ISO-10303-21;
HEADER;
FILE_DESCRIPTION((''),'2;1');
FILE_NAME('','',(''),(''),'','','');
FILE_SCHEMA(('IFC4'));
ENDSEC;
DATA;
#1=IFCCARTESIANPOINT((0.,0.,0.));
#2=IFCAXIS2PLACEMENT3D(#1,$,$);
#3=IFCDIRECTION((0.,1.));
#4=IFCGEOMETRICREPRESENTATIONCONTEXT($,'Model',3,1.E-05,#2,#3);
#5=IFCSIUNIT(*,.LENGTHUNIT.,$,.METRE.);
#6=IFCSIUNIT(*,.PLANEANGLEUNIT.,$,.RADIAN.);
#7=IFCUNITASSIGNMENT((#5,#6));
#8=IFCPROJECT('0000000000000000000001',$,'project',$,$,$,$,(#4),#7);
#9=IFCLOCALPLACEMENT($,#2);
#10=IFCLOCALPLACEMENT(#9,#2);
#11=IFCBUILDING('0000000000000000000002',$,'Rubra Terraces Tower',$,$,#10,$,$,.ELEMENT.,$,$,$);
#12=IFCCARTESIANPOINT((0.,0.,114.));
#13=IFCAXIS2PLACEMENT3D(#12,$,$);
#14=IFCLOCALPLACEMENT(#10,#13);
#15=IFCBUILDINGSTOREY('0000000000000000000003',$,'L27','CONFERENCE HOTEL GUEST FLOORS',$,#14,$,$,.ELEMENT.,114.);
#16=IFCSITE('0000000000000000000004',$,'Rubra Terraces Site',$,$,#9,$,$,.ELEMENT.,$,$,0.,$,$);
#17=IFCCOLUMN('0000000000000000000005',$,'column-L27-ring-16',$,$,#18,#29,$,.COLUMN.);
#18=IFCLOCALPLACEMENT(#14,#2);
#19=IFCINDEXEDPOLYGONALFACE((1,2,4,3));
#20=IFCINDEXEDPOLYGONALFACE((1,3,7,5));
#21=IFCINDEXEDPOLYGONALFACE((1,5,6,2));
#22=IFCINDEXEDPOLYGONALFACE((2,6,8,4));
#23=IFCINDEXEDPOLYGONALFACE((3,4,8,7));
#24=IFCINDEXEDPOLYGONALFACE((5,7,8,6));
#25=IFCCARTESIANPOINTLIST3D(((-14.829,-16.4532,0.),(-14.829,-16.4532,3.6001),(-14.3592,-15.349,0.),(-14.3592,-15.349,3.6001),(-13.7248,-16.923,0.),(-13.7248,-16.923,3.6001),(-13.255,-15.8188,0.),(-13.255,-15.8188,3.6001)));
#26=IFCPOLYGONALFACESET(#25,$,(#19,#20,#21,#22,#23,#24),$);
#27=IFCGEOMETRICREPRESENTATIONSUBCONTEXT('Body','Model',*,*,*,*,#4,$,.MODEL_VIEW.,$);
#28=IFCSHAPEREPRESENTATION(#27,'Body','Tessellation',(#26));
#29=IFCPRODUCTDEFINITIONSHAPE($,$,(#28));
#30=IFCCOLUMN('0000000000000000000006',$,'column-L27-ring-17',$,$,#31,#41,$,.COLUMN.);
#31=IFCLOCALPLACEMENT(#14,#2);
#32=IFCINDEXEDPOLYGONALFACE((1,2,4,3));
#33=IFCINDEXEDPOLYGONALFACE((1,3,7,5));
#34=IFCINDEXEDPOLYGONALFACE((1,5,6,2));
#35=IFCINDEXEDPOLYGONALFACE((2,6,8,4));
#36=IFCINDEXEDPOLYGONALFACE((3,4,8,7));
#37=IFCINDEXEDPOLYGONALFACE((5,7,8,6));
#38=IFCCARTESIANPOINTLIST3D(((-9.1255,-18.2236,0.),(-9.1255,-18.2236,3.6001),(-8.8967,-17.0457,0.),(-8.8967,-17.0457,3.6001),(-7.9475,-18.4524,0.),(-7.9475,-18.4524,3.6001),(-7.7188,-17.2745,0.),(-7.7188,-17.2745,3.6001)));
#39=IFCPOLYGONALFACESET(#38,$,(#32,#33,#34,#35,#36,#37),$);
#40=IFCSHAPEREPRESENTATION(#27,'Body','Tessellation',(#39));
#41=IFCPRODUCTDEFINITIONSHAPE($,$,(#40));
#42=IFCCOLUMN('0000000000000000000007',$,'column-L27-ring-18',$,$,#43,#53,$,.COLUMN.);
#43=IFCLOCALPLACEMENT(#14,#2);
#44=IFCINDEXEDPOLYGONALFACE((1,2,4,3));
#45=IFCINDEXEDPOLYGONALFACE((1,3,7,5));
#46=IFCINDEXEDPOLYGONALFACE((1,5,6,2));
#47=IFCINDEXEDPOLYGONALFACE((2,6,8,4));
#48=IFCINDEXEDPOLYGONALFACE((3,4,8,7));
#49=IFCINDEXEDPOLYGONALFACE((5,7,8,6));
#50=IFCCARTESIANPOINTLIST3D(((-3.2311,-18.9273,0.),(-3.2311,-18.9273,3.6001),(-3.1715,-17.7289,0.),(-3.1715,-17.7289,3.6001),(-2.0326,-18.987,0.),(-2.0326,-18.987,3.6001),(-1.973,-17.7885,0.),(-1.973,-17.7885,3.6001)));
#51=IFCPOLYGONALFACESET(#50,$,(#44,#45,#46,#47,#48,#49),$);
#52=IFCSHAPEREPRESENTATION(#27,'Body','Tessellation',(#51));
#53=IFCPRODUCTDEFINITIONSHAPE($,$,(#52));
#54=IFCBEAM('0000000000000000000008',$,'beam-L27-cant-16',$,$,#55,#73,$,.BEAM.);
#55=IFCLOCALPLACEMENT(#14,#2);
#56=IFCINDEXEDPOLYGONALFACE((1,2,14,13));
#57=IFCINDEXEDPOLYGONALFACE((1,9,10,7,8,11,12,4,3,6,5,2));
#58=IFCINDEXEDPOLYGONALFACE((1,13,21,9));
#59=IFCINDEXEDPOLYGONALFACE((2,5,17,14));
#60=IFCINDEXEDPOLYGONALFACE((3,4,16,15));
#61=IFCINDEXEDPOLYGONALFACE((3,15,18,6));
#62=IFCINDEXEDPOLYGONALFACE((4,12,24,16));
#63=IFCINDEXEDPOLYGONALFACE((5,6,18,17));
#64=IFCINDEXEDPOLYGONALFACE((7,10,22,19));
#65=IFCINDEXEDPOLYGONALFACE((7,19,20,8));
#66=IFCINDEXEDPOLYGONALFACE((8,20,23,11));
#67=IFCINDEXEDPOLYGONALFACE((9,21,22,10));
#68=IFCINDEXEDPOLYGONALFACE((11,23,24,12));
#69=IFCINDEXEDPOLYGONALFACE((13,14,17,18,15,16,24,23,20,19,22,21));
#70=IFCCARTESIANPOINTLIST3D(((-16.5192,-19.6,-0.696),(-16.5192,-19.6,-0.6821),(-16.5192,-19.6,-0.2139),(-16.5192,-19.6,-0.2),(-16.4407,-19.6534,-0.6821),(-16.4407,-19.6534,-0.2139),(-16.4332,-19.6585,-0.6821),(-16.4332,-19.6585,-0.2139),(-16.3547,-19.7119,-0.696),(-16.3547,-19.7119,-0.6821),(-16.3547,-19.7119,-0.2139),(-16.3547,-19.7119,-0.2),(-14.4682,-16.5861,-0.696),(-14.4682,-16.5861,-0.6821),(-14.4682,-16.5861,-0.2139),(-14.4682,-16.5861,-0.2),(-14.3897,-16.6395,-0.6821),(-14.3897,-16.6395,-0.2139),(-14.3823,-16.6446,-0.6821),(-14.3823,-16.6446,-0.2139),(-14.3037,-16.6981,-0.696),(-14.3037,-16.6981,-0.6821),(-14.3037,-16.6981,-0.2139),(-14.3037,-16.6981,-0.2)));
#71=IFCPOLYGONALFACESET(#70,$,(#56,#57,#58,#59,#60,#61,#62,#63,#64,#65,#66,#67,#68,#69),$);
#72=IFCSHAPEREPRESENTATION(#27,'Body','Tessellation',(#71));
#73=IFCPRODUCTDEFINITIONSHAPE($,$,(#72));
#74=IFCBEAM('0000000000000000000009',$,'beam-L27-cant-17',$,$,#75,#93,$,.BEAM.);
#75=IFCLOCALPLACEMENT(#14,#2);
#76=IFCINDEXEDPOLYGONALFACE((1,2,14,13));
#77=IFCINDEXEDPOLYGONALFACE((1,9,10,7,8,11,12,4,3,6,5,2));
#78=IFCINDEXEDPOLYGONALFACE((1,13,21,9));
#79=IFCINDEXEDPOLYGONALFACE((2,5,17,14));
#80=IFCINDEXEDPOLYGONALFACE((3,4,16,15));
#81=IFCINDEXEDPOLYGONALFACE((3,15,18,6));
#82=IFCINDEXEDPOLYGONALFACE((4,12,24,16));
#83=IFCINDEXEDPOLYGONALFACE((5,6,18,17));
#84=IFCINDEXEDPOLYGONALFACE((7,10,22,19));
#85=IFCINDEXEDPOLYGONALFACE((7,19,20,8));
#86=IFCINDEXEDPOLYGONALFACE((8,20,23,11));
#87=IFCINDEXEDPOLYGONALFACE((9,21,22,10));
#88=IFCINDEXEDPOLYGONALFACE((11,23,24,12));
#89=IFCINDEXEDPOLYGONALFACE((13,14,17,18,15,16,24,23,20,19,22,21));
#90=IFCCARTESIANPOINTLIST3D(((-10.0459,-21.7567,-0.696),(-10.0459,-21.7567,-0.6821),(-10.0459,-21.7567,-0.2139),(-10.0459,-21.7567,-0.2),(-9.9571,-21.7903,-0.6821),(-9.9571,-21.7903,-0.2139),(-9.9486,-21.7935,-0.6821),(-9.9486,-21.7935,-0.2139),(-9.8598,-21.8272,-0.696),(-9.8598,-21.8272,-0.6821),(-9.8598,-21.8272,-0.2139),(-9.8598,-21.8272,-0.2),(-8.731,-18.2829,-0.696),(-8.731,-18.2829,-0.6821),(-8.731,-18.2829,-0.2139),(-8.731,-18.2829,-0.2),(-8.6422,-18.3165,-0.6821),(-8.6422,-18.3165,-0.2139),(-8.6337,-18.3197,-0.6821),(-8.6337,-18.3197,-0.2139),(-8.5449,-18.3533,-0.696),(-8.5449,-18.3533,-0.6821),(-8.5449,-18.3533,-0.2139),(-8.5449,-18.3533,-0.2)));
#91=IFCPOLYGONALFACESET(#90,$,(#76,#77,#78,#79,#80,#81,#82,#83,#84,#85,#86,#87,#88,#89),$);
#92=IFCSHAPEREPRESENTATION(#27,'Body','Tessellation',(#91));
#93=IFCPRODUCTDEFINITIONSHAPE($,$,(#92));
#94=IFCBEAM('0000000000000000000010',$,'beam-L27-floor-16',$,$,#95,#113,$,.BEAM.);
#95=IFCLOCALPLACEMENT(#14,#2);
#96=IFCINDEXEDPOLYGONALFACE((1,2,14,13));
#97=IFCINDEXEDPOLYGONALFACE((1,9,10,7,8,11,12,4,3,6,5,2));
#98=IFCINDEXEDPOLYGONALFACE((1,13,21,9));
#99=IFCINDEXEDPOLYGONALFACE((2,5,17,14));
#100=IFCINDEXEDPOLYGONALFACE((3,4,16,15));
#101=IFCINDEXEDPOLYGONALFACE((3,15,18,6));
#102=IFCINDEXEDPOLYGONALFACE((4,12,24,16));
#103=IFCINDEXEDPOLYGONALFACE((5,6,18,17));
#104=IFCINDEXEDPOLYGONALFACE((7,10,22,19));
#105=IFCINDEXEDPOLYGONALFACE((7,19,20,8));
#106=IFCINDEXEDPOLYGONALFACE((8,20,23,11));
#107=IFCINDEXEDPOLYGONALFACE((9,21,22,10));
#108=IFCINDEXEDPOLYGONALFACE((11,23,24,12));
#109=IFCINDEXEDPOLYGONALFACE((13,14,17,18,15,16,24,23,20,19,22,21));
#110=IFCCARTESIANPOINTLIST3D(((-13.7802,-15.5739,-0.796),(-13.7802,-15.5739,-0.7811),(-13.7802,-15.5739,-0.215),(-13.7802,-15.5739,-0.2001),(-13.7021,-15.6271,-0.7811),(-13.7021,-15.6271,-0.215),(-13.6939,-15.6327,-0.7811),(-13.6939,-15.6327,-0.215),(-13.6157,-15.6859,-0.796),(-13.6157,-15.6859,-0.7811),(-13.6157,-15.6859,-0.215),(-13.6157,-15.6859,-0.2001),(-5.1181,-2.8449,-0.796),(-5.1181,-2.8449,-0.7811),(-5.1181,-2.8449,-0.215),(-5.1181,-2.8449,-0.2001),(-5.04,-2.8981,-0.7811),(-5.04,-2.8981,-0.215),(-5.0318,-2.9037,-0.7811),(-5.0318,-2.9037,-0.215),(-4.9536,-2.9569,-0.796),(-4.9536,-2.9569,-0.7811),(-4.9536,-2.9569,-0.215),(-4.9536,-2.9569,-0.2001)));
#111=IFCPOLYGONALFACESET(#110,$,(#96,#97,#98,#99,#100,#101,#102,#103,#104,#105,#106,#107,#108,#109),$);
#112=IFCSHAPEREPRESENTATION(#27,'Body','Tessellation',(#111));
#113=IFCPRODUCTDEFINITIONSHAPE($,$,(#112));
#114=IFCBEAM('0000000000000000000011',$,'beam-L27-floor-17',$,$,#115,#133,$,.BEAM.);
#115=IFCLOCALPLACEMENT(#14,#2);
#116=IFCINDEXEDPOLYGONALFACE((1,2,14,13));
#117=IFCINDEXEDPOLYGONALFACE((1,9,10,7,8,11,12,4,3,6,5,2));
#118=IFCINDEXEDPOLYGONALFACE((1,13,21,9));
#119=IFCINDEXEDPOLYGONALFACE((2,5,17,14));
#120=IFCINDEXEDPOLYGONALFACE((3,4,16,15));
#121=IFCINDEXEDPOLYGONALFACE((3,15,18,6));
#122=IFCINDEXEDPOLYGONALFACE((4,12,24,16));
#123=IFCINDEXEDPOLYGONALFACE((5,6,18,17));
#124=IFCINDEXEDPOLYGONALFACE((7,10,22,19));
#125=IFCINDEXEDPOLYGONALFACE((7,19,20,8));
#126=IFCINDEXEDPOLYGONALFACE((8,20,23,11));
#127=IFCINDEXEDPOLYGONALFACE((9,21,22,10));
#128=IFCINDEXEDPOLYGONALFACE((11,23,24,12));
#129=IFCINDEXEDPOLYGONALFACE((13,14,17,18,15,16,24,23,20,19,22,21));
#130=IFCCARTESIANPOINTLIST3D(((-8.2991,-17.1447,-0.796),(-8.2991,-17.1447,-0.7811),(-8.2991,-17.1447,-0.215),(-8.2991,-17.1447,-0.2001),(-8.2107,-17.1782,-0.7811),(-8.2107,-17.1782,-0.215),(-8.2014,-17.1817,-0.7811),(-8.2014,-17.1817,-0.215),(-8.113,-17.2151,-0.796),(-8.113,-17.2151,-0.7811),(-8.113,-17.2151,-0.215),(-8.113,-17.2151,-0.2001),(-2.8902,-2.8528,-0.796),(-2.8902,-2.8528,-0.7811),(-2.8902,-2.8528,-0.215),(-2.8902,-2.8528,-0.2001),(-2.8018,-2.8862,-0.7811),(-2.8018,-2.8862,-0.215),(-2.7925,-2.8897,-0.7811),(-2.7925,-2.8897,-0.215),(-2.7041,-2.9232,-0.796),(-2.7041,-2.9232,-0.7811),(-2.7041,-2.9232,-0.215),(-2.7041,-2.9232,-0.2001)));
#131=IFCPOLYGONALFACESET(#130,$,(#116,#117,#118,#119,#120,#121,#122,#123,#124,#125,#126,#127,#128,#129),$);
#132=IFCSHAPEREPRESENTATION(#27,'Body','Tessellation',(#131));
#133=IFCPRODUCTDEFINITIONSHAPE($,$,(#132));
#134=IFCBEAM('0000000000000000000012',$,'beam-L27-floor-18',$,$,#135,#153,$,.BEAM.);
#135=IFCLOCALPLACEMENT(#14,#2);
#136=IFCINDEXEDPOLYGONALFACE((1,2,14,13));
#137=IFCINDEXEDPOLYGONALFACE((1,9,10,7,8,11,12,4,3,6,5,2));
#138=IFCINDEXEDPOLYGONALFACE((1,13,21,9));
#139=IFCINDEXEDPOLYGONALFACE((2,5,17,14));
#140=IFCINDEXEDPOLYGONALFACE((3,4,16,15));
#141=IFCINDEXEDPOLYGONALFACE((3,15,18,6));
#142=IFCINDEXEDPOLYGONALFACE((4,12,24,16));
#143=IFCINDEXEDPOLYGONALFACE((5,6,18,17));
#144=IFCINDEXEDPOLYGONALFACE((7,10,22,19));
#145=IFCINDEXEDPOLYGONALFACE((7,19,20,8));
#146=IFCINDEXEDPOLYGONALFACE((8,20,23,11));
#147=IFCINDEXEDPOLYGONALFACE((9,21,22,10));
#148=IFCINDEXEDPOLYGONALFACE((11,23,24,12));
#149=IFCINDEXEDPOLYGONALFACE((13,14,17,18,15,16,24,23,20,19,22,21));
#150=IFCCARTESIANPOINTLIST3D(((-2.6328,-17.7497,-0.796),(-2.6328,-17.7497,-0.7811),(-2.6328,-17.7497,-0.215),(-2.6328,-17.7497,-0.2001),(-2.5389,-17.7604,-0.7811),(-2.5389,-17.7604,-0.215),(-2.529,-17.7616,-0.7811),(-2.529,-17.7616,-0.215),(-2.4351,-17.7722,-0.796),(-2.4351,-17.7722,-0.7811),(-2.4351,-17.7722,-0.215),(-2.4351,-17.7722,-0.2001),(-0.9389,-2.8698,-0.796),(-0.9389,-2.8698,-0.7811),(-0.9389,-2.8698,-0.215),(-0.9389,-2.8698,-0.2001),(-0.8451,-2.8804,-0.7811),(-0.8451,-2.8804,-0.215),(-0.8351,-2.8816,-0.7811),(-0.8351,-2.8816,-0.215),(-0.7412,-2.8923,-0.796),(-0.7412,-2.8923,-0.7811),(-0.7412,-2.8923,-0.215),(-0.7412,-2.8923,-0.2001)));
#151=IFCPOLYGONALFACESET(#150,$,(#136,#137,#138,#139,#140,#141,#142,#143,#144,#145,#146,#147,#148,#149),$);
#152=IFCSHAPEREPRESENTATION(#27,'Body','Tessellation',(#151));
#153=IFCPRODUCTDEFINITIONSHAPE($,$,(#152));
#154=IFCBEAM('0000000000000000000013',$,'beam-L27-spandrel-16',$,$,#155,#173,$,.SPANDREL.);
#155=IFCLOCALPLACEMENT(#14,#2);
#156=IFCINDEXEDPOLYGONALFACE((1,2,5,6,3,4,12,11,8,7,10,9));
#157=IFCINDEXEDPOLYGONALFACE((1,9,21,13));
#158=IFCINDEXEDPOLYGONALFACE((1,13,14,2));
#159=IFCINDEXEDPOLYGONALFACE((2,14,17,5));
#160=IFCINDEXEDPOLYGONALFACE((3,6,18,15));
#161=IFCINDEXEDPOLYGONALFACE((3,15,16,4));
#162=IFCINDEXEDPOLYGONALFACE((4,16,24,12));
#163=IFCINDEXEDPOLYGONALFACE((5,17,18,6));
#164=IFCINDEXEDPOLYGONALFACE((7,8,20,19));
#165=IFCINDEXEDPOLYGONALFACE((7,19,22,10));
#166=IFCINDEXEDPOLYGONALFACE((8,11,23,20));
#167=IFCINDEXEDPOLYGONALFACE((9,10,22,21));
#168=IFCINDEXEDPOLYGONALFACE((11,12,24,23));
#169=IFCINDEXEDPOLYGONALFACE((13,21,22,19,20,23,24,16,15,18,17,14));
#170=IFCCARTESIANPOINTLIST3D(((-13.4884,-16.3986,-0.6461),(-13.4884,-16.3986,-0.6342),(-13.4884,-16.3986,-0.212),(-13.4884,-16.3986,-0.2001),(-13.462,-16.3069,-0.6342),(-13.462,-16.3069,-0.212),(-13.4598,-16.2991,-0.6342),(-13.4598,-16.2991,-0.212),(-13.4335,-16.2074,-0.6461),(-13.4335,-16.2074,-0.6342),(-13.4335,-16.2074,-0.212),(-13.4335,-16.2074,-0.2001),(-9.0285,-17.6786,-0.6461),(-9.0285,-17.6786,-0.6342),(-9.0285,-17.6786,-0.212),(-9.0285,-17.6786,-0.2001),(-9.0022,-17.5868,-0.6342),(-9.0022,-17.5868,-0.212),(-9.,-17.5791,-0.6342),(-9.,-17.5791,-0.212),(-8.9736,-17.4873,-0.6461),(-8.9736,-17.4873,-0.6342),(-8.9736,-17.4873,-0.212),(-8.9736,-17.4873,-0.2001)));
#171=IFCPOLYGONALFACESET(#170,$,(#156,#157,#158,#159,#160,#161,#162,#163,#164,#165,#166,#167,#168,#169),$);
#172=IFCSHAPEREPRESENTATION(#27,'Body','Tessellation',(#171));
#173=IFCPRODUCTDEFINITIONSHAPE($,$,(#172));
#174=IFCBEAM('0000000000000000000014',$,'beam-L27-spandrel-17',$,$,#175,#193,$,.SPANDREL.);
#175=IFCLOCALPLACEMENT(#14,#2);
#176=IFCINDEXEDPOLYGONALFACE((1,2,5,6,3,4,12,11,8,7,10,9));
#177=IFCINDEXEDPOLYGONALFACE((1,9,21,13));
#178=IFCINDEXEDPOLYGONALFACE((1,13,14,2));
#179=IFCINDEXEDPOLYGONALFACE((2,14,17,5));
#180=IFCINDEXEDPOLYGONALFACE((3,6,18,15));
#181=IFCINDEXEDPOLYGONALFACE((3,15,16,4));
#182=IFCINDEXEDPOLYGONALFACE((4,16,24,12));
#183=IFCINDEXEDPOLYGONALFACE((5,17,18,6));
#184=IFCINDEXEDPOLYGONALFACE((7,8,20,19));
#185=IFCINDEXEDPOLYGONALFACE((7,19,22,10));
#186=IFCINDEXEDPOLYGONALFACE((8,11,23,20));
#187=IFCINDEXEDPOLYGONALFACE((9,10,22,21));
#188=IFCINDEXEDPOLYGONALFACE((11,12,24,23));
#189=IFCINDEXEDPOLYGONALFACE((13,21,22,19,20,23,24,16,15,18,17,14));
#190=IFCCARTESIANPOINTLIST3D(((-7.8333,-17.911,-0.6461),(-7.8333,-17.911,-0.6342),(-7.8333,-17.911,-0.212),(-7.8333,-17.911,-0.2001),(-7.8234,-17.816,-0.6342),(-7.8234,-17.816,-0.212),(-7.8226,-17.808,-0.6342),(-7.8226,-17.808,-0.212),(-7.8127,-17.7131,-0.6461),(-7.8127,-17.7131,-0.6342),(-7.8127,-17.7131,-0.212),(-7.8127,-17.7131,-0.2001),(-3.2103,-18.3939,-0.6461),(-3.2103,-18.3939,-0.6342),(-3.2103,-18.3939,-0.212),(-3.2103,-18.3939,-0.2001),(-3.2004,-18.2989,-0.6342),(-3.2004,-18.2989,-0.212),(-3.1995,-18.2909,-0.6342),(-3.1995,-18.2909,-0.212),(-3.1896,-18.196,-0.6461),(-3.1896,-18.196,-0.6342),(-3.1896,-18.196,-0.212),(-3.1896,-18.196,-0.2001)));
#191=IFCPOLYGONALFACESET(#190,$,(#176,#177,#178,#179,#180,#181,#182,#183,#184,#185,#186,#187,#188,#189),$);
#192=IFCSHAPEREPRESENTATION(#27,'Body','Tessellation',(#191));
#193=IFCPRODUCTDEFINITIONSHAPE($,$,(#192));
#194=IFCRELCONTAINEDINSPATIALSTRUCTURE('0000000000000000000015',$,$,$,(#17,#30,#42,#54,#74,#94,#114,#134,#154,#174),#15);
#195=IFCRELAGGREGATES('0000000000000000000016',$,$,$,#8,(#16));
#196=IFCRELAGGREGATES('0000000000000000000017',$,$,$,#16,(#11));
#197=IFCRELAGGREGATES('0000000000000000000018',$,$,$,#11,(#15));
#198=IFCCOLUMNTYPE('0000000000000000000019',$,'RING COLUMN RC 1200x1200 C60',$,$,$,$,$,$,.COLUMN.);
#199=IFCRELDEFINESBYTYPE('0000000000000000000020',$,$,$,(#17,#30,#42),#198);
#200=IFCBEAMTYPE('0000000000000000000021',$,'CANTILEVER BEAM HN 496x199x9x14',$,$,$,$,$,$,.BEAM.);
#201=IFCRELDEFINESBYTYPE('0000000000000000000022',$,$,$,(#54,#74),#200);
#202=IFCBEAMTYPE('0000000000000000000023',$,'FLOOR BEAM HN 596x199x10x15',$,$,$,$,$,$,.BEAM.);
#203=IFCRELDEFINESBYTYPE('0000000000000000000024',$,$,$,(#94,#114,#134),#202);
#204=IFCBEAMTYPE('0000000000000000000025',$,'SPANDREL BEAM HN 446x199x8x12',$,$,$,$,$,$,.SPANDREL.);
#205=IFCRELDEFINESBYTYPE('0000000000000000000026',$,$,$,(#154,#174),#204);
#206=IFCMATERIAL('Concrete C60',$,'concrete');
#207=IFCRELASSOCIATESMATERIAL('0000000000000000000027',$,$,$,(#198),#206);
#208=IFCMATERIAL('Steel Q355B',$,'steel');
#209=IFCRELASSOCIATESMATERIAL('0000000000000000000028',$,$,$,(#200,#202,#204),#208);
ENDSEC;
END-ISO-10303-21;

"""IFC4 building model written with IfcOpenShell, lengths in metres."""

from ifc_helpers import new_model, si_unit, direction, frame, origin, origin_2d, place, context, subcontext, project, spatial, rectangle, i_section, extrude, material, material_profile, profile_set, type_object, element, save


model = new_model("IFC4")

# Units and contexts
model_context = context("Model", 3, precision=1e-05, world=origin(), true_north=direction((0.0, 1.0)))
body_context = subcontext(model_context, "Body", "Model", "MODEL_VIEW")
ifc_project = project(units=[si_unit("LENGTHUNIT", "METRE"), si_unit("PLANEANGLEUNIT", "RADIAN")], contexts=[model_context])

# Site, building, storey
site_placement = place(None, origin())
site = spatial("IfcSite", under=ifc_project, at=site_placement, Name="Rubra Terraces Site", CompositionType="ELEMENT", RefElevation=0.0)
building_placement = place(site_placement, origin())
building = spatial("IfcBuilding", under=site, at=building_placement, Name="Rubra Terraces Tower", CompositionType="ELEMENT")
storey_placement = place(building_placement, frame((0.0, 0.0, 114.0)))
storey = spatial("IfcBuildingStorey", under=building, at=storey_placement, Name="L27", Description="CONFERENCE HOTEL GUEST FLOORS", CompositionType="ELEMENT", Elevation=114.0)

# Columns
ifc_material_1 = material(Name="Concrete C60", Category="concrete")
ifc_material_profile_1 = material_profile(ifc_material_1, rectangle(XDim=1.2, YDim=1.2, at=origin_2d()), Name="RC 1200x1200")
ifc_profile_set_1 = profile_set([ifc_material_profile_1], Name="Concrete C60")
column_type = type_object("IfcColumnType", Name="RING COLUMN RC 1200x1200 C60", PredefinedType="COLUMN", material=ifc_profile_set_1)
for number, where, z_axis, x_axis, name in (
    (1, (-14.042, -16.136, 0.0), (0.0, 0.0, 1.0), (0.920168, -0.391524, 0.0), "column-L27-ring-16"),
    (2, (-8.4221, -17.749, 0.0), (0.0, 0.0, 1.0), (0.981655, -0.190668, 0.0), "column-L27-ring-17"),
    (3, (-2.6021, -18.3579, 0.0), (0.0, 0.0, 1.0), (0.998764, -0.049699, 0.0), "column-L27-ring-18"),
):
    element("IfcColumn", number, at=place(storey_placement, frame(where, z_axis=z_axis, x_axis=x_axis)), inside=storey, type_object=column_type, Name=name, PredefinedType="COLUMN", context=body_context, shape_type="SweptSolid", body=[
        extrude(rectangle(XDim=1.2, YDim=1.2, at=origin_2d()), origin(), (0.0, 0.0, 1.0), 3.6001),
    ])

# Beams
ifc_material_2 = material(Name="Steel Q355B", Category="steel")
ifc_material_profile_2 = material_profile(ifc_material_2, i_section(OverallWidth=0.199, OverallDepth=0.4961, WebThickness=0.009, FlangeThickness=0.0139, at=origin_2d()), Name="HN 496x199x9x14")
ifc_profile_set_2 = profile_set([ifc_material_profile_2], Name="Steel Q355B")
beam_type_1 = type_object("IfcBeamType", Name="CANTILEVER BEAM HN 496x199x9x14", PredefinedType="BEAM", material=ifc_profile_set_2)
beam_1_placement = place(storey_placement, frame((-14.386, -16.6421, -0.448), z_axis=(-0.562603, -0.826727, 0.0), x_axis=(0.826727, -0.562603, 0.0)))
element("IfcBeam", 4, at=beam_1_placement, inside=storey, type_object=beam_type_1, Name="beam-L27-cant-16", PredefinedType="BEAM", context=body_context, shape_type="SweptSolid", body=[
    extrude(i_section(OverallWidth=0.199, OverallDepth=0.4961, WebThickness=0.009, FlangeThickness=0.0139, at=origin_2d()), origin(), (0.0, 0.0, 1.0), 3.6455),
])
beam_2_placement = place(storey_placement, frame((-8.6379, -18.3181, -0.448), z_axis=(-0.35401, -0.935242, 0.0), x_axis=(0.935242, -0.35401, 0.0)))
element("IfcBeam", 5, at=beam_2_placement, inside=storey, type_object=beam_type_1, Name="beam-L27-cant-17", PredefinedType="BEAM", context=body_context, shape_type="SweptSolid", body=[
    extrude(i_section(OverallWidth=0.199, OverallDepth=0.4961, WebThickness=0.009, FlangeThickness=0.0139, at=origin_2d()), origin(), (0.0, 0.0, 1.0), 3.7144),
])
ifc_material_profile_3 = material_profile(ifc_material_2, i_section(OverallWidth=0.199, OverallDepth=0.5959, WebThickness=0.01, FlangeThickness=0.0149, at=origin_2d()), Name="HN 596x199x10x15")
ifc_profile_set_3 = profile_set([ifc_material_profile_3], Name="Steel Q355B")
beam_type_2 = type_object("IfcBeamType", Name="FLOOR BEAM HN 596x199x10x15", PredefinedType="BEAM", material=ifc_profile_set_3)
beam_3_placement = place(storey_placement, frame((-13.698, -15.6299, -0.498), z_axis=(0.562594, 0.826734, 0.0), x_axis=(-0.826734, 0.562594, 0.0)))
element("IfcBeam", 6, at=beam_3_placement, inside=storey, type_object=beam_type_2, Name="beam-L27-floor-16", PredefinedType="BEAM", context=body_context, shape_type="SweptSolid", body=[
    extrude(i_section(OverallWidth=0.199, OverallDepth=0.5959, WebThickness=0.01, FlangeThickness=0.0149, at=origin_2d()), origin(), (0.0, 0.0, 1.0), 15.3967),
])
beam_4_placement = place(storey_placement, frame((-8.2061, -17.1799, -0.498), z_axis=(0.353958, 0.935261, 0.0), x_axis=(-0.935261, 0.353958, 0.0)))
element("IfcBeam", 7, at=beam_4_placement, inside=storey, type_object=beam_type_2, Name="beam-L27-floor-17", PredefinedType="BEAM", context=body_context, shape_type="SweptSolid", body=[
    extrude(i_section(OverallWidth=0.199, OverallDepth=0.5959, WebThickness=0.01, FlangeThickness=0.0149, at=origin_2d()), origin(), (0.0, 0.0, 1.0), 15.2812),
])
beam_5_placement = place(storey_placement, frame((-2.5339, -17.761, -0.498), z_axis=(0.113104, 0.993583, 0.0), x_axis=(-0.993583, 0.113104, 0.0)))
element("IfcBeam", 8, at=beam_5_placement, inside=storey, type_object=beam_type_2, Name="beam-L27-floor-18", PredefinedType="BEAM", context=body_context, shape_type="SweptSolid", body=[
    extrude(i_section(OverallWidth=0.199, OverallDepth=0.5959, WebThickness=0.01, FlangeThickness=0.0149, at=origin_2d()), origin(), (0.0, 0.0, 1.0), 14.9761),
])
ifc_material_profile_4 = material_profile(ifc_material_2, i_section(OverallWidth=0.199, OverallDepth=0.446, WebThickness=0.0081, FlangeThickness=0.012, at=origin_2d()), Name="HN 446x199x8x12")
ifc_profile_set_4 = profile_set([ifc_material_profile_4], Name="Steel Q355B")
beam_type_3 = type_object("IfcBeamType", Name="SPANDREL BEAM HN 446x199x8x12", PredefinedType="SPANDREL", material=ifc_profile_set_4)
beam_6_placement = place(storey_placement, frame((-13.4609, -16.303, -0.4231), z_axis=(0.961196, -0.275868, 0.0), x_axis=(0.275868, 0.961196, 0.0)))
element("IfcBeam", 9, at=beam_6_placement, inside=storey, type_object=beam_type_3, Name="beam-L27-spandrel-16", PredefinedType="SPANDREL", context=body_context, shape_type="SweptSolid", body=[
    extrude(i_section(OverallWidth=0.199, OverallDepth=0.446, WebThickness=0.0081, FlangeThickness=0.012, at=origin_2d()), origin(), (0.0, 0.0, 1.0), 4.6399),
])
beam_7_placement = place(storey_placement, frame((-7.823, -17.812, -0.4231), z_axis=(0.994589, -0.103892, 0.0), x_axis=(0.103892, 0.994589, 0.0)))
element("IfcBeam", 10, at=beam_7_placement, inside=storey, type_object=beam_type_3, Name="beam-L27-spandrel-17", PredefinedType="SPANDREL", context=body_context, shape_type="SweptSolid", body=[
    extrude(i_section(OverallWidth=0.199, OverallDepth=0.446, WebThickness=0.0081, FlangeThickness=0.012, at=origin_2d()), origin(), (0.0, 0.0, 1.0), 4.6482),
])

save(model, "model.ifc")
